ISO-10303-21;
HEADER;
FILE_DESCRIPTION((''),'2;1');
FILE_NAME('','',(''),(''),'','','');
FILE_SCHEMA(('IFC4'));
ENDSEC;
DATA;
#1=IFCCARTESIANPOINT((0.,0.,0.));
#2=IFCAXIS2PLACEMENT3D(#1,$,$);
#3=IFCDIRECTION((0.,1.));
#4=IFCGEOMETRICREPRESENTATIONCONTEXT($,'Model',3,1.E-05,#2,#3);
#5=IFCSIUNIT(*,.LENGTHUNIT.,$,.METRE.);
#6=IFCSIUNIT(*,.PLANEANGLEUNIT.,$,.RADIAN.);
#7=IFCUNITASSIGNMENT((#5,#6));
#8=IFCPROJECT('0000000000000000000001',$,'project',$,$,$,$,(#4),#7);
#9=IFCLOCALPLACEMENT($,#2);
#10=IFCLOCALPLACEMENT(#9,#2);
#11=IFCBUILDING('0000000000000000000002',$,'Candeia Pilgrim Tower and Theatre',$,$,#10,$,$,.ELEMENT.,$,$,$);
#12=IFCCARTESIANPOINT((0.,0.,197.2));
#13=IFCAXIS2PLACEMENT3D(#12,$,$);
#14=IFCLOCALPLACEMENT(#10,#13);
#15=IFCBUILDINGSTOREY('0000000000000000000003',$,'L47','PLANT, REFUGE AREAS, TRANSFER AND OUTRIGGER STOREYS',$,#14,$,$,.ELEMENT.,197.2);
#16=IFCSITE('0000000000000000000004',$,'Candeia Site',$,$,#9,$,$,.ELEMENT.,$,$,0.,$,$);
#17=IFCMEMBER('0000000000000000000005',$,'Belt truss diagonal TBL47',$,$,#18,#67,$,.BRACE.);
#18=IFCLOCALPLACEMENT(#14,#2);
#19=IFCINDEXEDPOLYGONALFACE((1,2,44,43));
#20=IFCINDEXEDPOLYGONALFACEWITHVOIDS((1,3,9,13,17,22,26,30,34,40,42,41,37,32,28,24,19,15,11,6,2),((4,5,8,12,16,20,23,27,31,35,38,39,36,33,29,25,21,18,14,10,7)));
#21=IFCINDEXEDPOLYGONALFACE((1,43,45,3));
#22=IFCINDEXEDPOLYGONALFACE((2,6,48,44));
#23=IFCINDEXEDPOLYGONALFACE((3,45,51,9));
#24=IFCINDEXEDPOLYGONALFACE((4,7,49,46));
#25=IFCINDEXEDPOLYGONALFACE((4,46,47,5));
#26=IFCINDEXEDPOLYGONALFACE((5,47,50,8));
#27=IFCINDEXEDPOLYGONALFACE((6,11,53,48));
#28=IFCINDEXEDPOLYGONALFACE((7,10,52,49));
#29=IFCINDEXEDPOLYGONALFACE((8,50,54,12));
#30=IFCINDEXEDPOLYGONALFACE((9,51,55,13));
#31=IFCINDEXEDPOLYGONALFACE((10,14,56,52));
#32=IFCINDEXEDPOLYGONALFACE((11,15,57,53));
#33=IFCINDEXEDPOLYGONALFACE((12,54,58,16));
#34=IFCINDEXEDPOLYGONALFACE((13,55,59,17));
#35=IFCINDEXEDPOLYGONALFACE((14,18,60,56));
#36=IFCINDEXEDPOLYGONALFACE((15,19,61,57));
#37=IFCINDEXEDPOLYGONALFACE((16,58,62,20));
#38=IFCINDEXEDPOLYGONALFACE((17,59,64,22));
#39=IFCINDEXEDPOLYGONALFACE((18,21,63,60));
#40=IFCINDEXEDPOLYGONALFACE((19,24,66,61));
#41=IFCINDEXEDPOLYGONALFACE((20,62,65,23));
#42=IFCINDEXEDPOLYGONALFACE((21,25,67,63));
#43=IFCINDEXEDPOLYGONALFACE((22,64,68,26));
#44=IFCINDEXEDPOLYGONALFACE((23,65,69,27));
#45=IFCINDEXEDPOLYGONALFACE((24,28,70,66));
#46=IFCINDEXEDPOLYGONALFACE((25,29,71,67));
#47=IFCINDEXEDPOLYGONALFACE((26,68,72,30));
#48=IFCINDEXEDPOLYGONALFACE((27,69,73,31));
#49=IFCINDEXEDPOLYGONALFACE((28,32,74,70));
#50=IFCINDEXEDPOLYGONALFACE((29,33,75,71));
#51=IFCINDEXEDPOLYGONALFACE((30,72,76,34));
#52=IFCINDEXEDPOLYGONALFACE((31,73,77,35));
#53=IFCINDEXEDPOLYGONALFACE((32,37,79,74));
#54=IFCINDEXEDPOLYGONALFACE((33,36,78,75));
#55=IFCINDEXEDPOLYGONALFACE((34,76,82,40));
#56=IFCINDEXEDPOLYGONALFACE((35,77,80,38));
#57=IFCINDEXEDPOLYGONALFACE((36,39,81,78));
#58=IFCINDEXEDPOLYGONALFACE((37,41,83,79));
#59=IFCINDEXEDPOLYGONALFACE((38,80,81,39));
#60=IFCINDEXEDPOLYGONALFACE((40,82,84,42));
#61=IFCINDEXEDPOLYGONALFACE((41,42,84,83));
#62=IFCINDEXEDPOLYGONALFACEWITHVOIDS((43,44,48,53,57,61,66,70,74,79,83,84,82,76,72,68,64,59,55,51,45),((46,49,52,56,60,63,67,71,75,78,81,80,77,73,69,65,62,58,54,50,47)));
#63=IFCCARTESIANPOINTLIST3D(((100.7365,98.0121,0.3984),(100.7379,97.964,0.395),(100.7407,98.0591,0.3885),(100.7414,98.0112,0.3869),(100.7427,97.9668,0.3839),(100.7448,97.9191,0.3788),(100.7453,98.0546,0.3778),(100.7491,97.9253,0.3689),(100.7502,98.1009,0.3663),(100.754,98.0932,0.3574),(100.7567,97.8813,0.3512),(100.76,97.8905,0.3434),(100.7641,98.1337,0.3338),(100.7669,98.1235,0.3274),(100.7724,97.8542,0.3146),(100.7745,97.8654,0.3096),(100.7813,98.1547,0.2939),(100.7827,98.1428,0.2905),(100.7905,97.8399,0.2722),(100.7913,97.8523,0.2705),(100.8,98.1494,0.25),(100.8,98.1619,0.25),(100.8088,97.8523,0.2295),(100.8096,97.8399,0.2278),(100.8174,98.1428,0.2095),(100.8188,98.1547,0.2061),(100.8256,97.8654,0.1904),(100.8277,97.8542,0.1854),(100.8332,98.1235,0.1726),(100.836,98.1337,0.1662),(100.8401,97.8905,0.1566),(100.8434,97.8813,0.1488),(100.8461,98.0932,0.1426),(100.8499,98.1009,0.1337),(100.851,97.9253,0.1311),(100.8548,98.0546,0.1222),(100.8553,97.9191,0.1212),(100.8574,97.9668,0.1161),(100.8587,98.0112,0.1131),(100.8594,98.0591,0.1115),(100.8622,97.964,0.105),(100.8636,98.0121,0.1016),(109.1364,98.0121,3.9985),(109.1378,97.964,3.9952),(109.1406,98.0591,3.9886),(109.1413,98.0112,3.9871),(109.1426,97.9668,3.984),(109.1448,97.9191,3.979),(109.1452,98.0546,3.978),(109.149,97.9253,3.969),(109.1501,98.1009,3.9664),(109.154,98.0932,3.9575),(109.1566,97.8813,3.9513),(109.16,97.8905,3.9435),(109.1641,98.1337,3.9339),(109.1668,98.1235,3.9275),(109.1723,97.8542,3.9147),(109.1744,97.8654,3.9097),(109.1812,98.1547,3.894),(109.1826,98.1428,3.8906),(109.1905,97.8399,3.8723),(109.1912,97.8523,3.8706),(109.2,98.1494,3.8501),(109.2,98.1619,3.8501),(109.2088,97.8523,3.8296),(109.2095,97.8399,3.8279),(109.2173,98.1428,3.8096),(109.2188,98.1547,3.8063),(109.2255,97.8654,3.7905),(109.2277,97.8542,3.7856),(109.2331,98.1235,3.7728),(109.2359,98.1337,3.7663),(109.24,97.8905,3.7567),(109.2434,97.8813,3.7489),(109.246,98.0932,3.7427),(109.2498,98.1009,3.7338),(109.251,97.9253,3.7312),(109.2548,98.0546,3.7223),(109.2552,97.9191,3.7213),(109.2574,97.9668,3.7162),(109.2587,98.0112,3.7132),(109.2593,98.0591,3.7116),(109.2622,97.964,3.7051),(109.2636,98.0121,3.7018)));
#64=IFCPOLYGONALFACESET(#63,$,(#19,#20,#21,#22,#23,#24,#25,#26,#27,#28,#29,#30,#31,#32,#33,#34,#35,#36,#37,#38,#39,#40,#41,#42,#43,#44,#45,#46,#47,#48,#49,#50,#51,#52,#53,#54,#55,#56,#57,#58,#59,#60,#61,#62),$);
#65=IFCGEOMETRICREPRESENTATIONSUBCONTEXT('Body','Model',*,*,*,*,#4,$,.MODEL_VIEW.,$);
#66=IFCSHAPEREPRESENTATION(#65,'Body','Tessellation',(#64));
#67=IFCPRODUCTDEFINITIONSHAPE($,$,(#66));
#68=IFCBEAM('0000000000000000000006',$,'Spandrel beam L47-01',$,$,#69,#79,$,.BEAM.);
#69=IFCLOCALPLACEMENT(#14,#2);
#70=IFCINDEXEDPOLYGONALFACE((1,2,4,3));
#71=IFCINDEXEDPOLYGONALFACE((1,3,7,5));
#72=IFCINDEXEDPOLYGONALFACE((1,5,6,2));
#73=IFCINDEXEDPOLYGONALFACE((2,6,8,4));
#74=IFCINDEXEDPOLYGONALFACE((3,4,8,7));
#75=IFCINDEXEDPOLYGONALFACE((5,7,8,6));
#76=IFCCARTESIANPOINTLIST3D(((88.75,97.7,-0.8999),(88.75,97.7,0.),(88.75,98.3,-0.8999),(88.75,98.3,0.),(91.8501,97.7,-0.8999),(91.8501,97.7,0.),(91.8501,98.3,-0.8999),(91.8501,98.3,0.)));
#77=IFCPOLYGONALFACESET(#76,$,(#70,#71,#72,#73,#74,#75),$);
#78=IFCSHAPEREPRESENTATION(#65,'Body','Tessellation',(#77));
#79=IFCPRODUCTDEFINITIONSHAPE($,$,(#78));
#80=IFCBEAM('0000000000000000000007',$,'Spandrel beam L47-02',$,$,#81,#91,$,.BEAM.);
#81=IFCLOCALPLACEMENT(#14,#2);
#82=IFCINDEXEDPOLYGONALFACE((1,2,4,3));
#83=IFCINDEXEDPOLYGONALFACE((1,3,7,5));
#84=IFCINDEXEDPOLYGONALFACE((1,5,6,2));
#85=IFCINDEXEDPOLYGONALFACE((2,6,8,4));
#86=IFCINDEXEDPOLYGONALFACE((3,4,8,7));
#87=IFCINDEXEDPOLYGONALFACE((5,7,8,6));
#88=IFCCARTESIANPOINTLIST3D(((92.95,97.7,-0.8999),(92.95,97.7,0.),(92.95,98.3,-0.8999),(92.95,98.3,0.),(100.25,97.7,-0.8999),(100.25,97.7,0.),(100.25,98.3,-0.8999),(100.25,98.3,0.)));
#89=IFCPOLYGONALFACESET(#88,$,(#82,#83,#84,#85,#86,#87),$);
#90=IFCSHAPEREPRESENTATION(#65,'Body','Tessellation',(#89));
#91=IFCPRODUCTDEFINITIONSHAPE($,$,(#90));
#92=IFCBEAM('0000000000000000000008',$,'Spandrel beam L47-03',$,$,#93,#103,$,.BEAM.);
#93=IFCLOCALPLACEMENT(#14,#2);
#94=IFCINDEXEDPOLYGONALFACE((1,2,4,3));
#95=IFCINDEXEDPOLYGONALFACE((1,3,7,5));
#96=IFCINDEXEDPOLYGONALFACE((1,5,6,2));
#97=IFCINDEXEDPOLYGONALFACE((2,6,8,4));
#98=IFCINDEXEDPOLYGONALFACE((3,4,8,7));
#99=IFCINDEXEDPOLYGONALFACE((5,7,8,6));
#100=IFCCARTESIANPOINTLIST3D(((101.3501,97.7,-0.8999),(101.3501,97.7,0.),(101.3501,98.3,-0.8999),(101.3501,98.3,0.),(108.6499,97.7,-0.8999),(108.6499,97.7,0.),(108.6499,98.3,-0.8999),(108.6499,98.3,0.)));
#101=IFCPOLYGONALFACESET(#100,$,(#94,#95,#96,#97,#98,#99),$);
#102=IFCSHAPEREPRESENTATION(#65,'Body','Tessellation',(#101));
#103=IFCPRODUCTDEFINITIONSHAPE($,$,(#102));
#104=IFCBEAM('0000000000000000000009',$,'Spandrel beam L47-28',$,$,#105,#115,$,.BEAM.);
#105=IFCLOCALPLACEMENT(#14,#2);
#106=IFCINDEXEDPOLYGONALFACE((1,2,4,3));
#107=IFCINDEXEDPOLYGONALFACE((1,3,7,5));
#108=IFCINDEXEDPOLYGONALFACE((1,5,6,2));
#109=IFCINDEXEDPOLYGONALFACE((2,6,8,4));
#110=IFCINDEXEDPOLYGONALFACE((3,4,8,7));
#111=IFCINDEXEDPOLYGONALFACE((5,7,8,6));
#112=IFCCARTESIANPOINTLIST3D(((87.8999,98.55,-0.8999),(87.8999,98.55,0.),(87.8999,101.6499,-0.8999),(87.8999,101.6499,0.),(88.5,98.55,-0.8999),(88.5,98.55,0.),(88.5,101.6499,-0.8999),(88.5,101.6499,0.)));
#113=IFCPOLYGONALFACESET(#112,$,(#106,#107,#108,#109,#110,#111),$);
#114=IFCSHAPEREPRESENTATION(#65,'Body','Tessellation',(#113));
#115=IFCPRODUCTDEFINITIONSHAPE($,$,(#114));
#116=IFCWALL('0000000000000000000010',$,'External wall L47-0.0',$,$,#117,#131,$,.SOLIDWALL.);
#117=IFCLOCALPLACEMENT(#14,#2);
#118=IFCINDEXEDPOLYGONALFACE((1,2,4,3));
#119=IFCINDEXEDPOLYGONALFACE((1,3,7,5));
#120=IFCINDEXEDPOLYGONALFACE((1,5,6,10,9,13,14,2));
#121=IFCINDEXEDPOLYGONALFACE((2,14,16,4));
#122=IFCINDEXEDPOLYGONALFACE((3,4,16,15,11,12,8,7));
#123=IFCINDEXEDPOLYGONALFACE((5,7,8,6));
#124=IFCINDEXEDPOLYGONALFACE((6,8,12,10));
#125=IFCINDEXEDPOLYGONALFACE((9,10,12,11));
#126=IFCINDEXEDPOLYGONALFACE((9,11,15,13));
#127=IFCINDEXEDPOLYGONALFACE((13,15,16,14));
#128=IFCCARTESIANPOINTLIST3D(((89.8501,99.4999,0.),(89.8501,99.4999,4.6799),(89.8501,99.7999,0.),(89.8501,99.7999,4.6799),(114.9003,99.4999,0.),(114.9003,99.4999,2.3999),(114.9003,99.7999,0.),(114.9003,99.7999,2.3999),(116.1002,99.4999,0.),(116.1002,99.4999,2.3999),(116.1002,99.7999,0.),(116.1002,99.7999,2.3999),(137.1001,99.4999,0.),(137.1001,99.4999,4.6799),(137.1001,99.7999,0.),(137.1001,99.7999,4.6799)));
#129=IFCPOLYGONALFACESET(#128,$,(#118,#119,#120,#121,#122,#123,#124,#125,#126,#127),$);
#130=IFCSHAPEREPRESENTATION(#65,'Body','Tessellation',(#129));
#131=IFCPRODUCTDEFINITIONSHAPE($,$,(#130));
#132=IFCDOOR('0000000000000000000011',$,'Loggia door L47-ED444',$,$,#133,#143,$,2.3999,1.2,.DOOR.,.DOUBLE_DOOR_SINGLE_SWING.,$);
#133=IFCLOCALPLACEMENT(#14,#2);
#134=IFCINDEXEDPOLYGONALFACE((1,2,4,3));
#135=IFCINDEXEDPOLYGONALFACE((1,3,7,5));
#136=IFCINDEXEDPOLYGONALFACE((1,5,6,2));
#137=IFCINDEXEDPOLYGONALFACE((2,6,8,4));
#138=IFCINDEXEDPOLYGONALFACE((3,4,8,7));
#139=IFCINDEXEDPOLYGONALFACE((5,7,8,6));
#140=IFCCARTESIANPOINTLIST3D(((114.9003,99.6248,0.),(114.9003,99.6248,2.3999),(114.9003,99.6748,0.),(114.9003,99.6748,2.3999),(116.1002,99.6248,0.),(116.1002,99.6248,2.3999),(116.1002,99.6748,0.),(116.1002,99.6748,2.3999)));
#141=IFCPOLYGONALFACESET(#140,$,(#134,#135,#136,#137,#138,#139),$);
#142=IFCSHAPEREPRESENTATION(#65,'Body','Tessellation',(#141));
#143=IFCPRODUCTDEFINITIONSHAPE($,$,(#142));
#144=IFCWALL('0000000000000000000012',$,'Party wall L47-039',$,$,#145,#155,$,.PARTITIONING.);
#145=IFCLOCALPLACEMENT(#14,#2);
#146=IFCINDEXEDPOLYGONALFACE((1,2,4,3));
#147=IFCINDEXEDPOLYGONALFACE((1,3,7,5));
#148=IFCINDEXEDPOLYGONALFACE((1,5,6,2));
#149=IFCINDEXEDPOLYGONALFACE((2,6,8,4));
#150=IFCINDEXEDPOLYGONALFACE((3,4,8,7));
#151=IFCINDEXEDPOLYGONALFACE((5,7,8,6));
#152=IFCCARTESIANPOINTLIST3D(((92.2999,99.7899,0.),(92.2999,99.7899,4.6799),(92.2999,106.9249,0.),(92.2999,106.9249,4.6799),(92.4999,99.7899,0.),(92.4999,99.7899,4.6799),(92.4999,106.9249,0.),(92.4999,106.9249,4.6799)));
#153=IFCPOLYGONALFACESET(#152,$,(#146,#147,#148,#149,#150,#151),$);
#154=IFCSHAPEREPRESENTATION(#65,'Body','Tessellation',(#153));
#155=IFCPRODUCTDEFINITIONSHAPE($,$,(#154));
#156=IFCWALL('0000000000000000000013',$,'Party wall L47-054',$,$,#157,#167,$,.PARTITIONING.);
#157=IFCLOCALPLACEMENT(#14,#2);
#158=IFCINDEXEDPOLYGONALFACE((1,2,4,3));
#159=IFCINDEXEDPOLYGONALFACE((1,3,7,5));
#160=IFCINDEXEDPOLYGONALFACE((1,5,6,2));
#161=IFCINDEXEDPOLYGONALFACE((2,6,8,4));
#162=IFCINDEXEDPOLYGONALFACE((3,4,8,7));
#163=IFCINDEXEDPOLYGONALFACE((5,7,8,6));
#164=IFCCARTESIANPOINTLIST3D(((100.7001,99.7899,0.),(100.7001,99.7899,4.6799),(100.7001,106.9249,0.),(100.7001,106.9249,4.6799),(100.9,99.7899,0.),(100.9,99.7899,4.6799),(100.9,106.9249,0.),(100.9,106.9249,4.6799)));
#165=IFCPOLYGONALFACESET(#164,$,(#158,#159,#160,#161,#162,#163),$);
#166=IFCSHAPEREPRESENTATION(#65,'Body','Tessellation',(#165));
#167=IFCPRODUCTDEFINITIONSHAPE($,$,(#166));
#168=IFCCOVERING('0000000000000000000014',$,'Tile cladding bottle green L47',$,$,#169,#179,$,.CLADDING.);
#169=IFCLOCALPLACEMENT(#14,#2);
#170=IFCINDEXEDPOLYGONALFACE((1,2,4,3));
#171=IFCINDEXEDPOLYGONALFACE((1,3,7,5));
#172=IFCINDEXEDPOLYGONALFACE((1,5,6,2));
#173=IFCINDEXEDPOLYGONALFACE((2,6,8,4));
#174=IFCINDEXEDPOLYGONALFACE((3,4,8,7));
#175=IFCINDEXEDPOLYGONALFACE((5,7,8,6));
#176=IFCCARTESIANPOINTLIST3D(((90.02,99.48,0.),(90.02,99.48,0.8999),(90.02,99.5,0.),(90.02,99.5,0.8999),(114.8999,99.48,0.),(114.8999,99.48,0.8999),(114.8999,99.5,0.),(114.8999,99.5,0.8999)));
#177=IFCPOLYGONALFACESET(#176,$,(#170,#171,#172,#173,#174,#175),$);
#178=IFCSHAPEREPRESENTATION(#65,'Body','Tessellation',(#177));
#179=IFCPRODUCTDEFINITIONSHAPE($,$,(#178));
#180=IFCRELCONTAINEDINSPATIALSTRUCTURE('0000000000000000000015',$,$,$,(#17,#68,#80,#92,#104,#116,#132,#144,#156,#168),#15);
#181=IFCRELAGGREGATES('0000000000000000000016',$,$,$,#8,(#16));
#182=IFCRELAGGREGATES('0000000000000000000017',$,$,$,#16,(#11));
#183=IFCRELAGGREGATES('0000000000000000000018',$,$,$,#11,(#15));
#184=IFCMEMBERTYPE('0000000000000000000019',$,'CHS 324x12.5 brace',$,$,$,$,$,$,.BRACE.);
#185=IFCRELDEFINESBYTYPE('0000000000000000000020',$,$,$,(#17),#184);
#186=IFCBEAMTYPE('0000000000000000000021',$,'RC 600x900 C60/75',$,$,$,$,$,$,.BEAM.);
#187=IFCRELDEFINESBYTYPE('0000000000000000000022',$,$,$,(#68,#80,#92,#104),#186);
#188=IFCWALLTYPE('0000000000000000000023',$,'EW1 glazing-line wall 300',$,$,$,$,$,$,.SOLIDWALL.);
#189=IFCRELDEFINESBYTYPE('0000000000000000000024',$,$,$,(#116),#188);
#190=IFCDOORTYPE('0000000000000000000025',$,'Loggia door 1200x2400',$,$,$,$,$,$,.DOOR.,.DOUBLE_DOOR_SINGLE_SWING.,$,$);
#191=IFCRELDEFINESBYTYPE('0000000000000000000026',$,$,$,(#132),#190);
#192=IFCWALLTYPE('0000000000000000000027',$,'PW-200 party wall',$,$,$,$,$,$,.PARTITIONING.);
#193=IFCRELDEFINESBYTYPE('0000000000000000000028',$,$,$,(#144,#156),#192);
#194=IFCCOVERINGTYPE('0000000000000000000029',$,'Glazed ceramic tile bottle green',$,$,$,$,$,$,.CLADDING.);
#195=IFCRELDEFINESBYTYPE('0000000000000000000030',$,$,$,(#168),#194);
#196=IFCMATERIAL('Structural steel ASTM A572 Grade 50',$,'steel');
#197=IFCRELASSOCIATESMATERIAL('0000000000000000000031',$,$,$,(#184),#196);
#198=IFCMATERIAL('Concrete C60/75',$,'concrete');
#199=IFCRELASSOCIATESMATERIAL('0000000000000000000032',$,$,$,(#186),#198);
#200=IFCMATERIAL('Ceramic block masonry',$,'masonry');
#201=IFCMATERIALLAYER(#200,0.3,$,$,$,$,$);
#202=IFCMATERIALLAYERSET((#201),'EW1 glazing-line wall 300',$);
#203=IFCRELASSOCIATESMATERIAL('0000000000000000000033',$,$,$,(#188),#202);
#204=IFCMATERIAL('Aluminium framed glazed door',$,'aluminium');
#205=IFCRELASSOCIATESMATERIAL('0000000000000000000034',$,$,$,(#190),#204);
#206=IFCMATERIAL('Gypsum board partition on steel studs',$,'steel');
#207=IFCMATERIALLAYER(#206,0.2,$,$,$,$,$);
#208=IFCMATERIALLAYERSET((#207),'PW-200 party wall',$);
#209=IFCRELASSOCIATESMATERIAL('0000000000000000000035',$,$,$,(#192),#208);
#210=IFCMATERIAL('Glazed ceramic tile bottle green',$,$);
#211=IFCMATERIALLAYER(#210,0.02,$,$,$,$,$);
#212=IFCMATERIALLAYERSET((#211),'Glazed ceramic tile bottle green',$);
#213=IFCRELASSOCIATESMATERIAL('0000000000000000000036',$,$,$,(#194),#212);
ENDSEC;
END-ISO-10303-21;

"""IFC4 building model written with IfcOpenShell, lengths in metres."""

from ifc_helpers import new_model, si_unit, direction, frame, frame_2d, origin, origin_2d, place, context, subcontext, project, spatial, rectangle, hollow_circle, extrude, material, layer, layer_set, material_profile, profile_set, type_object, element, fill, save


model = new_model("IFC4")

# Units and contexts
model_context = context("Model", 3, precision=1e-05, world=origin(), true_north=direction((0.0, 1.0)))
body_context = subcontext(model_context, "Body", "Model", "MODEL_VIEW")
ifc_project = project(units=[si_unit("LENGTHUNIT", "METRE"), si_unit("PLANEANGLEUNIT", "RADIAN")], contexts=[model_context])

# Site, building, storey
site_placement = place(None, origin())
site = spatial("IfcSite", under=ifc_project, at=site_placement, Name="Candeia Site", CompositionType="ELEMENT", RefElevation=0.0)
building_placement = place(site_placement, origin())
building = spatial("IfcBuilding", under=site, at=building_placement, Name="Candeia Pilgrim Tower and Theatre", CompositionType="ELEMENT")
storey_placement = place(building_placement, frame((0.0, 0.0, 197.2)))
storey = spatial("IfcBuildingStorey", under=building, at=storey_placement, Name="L47", Description="PLANT, REFUGE AREAS, TRANSFER AND OUTRIGGER STOREYS", CompositionType="ELEMENT", Elevation=197.2)

# Shared definitions
ifc_material_1 = material(Name="Concrete C60/75", Category="concrete")

# Member
ifc_material_2 = material(Name="Structural steel ASTM A572 Grade 50", Category="steel")
ifc_material_profile_1 = material_profile(ifc_material_2, hollow_circle(Radius=0.1619, WallThickness=0.0125, at=origin_2d()))
ifc_profile_set_1 = profile_set([ifc_material_profile_1], Name="Structural steel ASTM A572 Grade 50")
member_type_1 = type_object("IfcMemberType", Name="CHS 324x12.5 brace", PredefinedType="BRACE", material=ifc_profile_set_1)
member_1_placement = place(storey_placement, frame((100.8, 98.0, 0.25), z_axis=(0.91914, 0.0, 0.393932), x_axis=(0.0, 1.0, 0.0)))
element("IfcMember", 1, at=member_1_placement, inside=storey, type_object=member_type_1, Name="Belt truss diagonal TBL47", PredefinedType="BRACE", context=body_context, shape_type="SweptSolid", body=[
    extrude(hollow_circle(Radius=0.1619, WallThickness=0.0125, at=origin_2d()), origin(), (0.0, 0.0, 1.0), 9.1389),
])

# Beams
ifc_material_profile_2 = material_profile(ifc_material_1, rectangle(XDim=0.6001, YDim=0.8999, at=origin_2d()))
ifc_profile_set_2 = profile_set([ifc_material_profile_2], Name="Concrete C60/75")
beam_type = type_object("IfcBeamType", Name="RC 600x900 C60/75", PredefinedType="BEAM", material=ifc_profile_set_2)
beam_1_placement = place(storey_placement, frame((88.75, 98.0, -0.45), z_axis=(1.0, 0.0, 0.0), x_axis=(0.0, 1.0, 0.0)))
element("IfcBeam", 2, at=beam_1_placement, inside=storey, type_object=beam_type, Name="Spandrel beam L47-01", PredefinedType="BEAM", context=body_context, shape_type="SweptSolid", body=[
    extrude(rectangle(XDim=0.6001, YDim=0.8999, at=origin_2d()), origin(), (0.0, 0.0, 1.0), 3.1001),
])
beam_2_placement = place(storey_placement, frame((92.95, 98.0, -0.45), z_axis=(1.0, 0.0, 0.0), x_axis=(0.0, 1.0, 0.0)))
element("IfcBeam", 3, at=beam_2_placement, inside=storey, type_object=beam_type, Name="Spandrel beam L47-02", PredefinedType="BEAM", context=body_context, shape_type="SweptSolid", body=[
    extrude(rectangle(XDim=0.6001, YDim=0.8999, at=origin_2d()), origin(), (0.0, 0.0, 1.0), 7.3),
])
beam_3_placement = place(storey_placement, frame((101.3501, 98.0, -0.45), z_axis=(1.0, 0.0, 0.0), x_axis=(0.0, 1.0, 0.0)))
element("IfcBeam", 4, at=beam_3_placement, inside=storey, type_object=beam_type, Name="Spandrel beam L47-03", PredefinedType="BEAM", context=body_context, shape_type="SweptSolid", body=[
    extrude(rectangle(XDim=0.6001, YDim=0.8999, at=origin_2d()), origin(), (0.0, 0.0, 1.0), 7.2998),
])
beam_4_placement = place(storey_placement, frame((88.2, 101.6499, -0.45), z_axis=(0.0, -1.0, 0.0), x_axis=(1.0, 0.0, 0.0)))
element("IfcBeam", 5, at=beam_4_placement, inside=storey, type_object=beam_type, Name="Spandrel beam L47-28", PredefinedType="BEAM", context=body_context, shape_type="SweptSolid", body=[
    extrude(rectangle(XDim=0.6001, YDim=0.8999, at=origin_2d()), origin(), (0.0, 0.0, 1.0), 3.0999),
])

# Wall, opening, door
ifc_material_3 = material(Name="Ceramic block masonry", Category="masonry")
ifc_layer_1 = layer(ifc_material_3, 0.3)
ifc_layer_set_1 = layer_set([ifc_layer_1], Name="EW1 glazing-line wall 300")
wall_type_1 = type_object("IfcWallType", Name="EW1 glazing-line wall 300", PredefinedType="SOLIDWALL", material=ifc_layer_set_1)
wall_placement = place(storey_placement, frame((89.8501, 99.6499, 0.0), z_axis=(0.0, 0.0, 1.0), x_axis=(1.0, 0.0, 0.0)))
wall = element("IfcWall", 6, at=wall_placement, inside=storey, type_object=wall_type_1, Name="External wall L47-0.0", PredefinedType="SOLIDWALL", context=body_context, shape_type="SweptSolid", body=[
    extrude(rectangle(XDim=47.25, YDim=0.3, at=frame_2d((23.625, 0.0))), origin(), (0.0, 0.0, 1.0), 4.6799),
])
opening_placement = place(wall_placement, frame((25.05, 0.0, 0.0)))
opening = element("IfcOpeningElement", 7, at=opening_placement, cuts=wall, PredefinedType="OPENING", context=body_context, shape_type="SweptSolid", body=[
    extrude(rectangle(XDim=1.2, YDim=2.3999, at=frame_2d((0.6001, 1.2))), frame((0.0, 0.1602, 0.0), z_axis=(0.0, -1.0, 0.0), x_axis=(1.0, 0.0, 0.0)), (0.0, 0.0, 1.0), 0.3201),
])
ifc_material_4 = material(Name="Aluminium framed glazed door", Category="aluminium")
door_type = type_object("IfcDoorType", Name="Loggia door 1200x2400", OperationType="DOUBLE_DOOR_SINGLE_SWING", PredefinedType="DOOR", material=ifc_material_4)
door_placement = place(opening_placement, origin())
door = element("IfcDoor", 8, at=door_placement, inside=storey, type_object=door_type, Name="Loggia door L47-ED444", OperationType="DOUBLE_DOOR_SINGLE_SWING", OverallHeight=2.3999, OverallWidth=1.2, PredefinedType="DOOR", context=body_context, shape_type="SweptSolid", body=[
    extrude(rectangle(XDim=1.2, YDim=2.3999, at=frame_2d((0.6001, 1.2))), frame((0.0, 0.0249, 0.0), z_axis=(0.0, -1.0, 0.0), x_axis=(1.0, 0.0, 0.0)), (0.0, 0.0, 1.0), 0.05),
])
fill(opening, door)

# Walls
ifc_material_5 = material(Name="Gypsum board partition on steel studs", Category="steel")
ifc_layer_2 = layer(ifc_material_5, 0.2)
ifc_layer_set_2 = layer_set([ifc_layer_2], Name="PW-200 party wall")
wall_type_2 = type_object("IfcWallType", Name="PW-200 party wall", PredefinedType="PARTITIONING", material=ifc_layer_set_2)
for number, where, z_axis, x_axis, name in (
    (9, (92.3999, 99.79, 0.0), (0.0, 0.0, 1.0), (0.0, 1.0, 0.0), "Party wall L47-039"),
    (10, (100.8, 99.79, 0.0), (0.0, 0.0, 1.0), (0.0, 1.0, 0.0), "Party wall L47-054"),
):
    element("IfcWall", number, at=place(storey_placement, frame(where, z_axis=z_axis, x_axis=x_axis)), inside=storey, type_object=wall_type_2, Name=name, PredefinedType="PARTITIONING", context=body_context, shape_type="SweptSolid", body=[
        extrude(rectangle(XDim=7.135, YDim=0.2, at=frame_2d((3.5674, 0.0))), origin(), (0.0, 0.0, 1.0), 4.6799),
    ])

# Covering
ifc_material_6 = material(Name="Glazed ceramic tile bottle green")
ifc_layer_3 = layer(ifc_material_6, 0.02)
ifc_layer_set_3 = layer_set([ifc_layer_3], Name="Glazed ceramic tile bottle green")
covering_type = type_object("IfcCoveringType", Name="Glazed ceramic tile bottle green", PredefinedType="CLADDING", material=ifc_layer_set_3)
covering_1_placement = place(storey_placement, frame((102.46, 99.49, 0.0), z_axis=(0.0, 0.0, 1.0), x_axis=(1.0, 0.0, 0.0)))
element("IfcCovering", 11, at=covering_1_placement, inside=storey, type_object=covering_type, Name="Tile cladding bottle green L47", PredefinedType="CLADDING", context=body_context, shape_type="SweptSolid", body=[
    extrude(rectangle(XDim=24.8799, YDim=0.02, at=origin_2d()), origin(), (0.0, 0.0, 1.0), 0.8999),
])

save(model, "model.ifc")
